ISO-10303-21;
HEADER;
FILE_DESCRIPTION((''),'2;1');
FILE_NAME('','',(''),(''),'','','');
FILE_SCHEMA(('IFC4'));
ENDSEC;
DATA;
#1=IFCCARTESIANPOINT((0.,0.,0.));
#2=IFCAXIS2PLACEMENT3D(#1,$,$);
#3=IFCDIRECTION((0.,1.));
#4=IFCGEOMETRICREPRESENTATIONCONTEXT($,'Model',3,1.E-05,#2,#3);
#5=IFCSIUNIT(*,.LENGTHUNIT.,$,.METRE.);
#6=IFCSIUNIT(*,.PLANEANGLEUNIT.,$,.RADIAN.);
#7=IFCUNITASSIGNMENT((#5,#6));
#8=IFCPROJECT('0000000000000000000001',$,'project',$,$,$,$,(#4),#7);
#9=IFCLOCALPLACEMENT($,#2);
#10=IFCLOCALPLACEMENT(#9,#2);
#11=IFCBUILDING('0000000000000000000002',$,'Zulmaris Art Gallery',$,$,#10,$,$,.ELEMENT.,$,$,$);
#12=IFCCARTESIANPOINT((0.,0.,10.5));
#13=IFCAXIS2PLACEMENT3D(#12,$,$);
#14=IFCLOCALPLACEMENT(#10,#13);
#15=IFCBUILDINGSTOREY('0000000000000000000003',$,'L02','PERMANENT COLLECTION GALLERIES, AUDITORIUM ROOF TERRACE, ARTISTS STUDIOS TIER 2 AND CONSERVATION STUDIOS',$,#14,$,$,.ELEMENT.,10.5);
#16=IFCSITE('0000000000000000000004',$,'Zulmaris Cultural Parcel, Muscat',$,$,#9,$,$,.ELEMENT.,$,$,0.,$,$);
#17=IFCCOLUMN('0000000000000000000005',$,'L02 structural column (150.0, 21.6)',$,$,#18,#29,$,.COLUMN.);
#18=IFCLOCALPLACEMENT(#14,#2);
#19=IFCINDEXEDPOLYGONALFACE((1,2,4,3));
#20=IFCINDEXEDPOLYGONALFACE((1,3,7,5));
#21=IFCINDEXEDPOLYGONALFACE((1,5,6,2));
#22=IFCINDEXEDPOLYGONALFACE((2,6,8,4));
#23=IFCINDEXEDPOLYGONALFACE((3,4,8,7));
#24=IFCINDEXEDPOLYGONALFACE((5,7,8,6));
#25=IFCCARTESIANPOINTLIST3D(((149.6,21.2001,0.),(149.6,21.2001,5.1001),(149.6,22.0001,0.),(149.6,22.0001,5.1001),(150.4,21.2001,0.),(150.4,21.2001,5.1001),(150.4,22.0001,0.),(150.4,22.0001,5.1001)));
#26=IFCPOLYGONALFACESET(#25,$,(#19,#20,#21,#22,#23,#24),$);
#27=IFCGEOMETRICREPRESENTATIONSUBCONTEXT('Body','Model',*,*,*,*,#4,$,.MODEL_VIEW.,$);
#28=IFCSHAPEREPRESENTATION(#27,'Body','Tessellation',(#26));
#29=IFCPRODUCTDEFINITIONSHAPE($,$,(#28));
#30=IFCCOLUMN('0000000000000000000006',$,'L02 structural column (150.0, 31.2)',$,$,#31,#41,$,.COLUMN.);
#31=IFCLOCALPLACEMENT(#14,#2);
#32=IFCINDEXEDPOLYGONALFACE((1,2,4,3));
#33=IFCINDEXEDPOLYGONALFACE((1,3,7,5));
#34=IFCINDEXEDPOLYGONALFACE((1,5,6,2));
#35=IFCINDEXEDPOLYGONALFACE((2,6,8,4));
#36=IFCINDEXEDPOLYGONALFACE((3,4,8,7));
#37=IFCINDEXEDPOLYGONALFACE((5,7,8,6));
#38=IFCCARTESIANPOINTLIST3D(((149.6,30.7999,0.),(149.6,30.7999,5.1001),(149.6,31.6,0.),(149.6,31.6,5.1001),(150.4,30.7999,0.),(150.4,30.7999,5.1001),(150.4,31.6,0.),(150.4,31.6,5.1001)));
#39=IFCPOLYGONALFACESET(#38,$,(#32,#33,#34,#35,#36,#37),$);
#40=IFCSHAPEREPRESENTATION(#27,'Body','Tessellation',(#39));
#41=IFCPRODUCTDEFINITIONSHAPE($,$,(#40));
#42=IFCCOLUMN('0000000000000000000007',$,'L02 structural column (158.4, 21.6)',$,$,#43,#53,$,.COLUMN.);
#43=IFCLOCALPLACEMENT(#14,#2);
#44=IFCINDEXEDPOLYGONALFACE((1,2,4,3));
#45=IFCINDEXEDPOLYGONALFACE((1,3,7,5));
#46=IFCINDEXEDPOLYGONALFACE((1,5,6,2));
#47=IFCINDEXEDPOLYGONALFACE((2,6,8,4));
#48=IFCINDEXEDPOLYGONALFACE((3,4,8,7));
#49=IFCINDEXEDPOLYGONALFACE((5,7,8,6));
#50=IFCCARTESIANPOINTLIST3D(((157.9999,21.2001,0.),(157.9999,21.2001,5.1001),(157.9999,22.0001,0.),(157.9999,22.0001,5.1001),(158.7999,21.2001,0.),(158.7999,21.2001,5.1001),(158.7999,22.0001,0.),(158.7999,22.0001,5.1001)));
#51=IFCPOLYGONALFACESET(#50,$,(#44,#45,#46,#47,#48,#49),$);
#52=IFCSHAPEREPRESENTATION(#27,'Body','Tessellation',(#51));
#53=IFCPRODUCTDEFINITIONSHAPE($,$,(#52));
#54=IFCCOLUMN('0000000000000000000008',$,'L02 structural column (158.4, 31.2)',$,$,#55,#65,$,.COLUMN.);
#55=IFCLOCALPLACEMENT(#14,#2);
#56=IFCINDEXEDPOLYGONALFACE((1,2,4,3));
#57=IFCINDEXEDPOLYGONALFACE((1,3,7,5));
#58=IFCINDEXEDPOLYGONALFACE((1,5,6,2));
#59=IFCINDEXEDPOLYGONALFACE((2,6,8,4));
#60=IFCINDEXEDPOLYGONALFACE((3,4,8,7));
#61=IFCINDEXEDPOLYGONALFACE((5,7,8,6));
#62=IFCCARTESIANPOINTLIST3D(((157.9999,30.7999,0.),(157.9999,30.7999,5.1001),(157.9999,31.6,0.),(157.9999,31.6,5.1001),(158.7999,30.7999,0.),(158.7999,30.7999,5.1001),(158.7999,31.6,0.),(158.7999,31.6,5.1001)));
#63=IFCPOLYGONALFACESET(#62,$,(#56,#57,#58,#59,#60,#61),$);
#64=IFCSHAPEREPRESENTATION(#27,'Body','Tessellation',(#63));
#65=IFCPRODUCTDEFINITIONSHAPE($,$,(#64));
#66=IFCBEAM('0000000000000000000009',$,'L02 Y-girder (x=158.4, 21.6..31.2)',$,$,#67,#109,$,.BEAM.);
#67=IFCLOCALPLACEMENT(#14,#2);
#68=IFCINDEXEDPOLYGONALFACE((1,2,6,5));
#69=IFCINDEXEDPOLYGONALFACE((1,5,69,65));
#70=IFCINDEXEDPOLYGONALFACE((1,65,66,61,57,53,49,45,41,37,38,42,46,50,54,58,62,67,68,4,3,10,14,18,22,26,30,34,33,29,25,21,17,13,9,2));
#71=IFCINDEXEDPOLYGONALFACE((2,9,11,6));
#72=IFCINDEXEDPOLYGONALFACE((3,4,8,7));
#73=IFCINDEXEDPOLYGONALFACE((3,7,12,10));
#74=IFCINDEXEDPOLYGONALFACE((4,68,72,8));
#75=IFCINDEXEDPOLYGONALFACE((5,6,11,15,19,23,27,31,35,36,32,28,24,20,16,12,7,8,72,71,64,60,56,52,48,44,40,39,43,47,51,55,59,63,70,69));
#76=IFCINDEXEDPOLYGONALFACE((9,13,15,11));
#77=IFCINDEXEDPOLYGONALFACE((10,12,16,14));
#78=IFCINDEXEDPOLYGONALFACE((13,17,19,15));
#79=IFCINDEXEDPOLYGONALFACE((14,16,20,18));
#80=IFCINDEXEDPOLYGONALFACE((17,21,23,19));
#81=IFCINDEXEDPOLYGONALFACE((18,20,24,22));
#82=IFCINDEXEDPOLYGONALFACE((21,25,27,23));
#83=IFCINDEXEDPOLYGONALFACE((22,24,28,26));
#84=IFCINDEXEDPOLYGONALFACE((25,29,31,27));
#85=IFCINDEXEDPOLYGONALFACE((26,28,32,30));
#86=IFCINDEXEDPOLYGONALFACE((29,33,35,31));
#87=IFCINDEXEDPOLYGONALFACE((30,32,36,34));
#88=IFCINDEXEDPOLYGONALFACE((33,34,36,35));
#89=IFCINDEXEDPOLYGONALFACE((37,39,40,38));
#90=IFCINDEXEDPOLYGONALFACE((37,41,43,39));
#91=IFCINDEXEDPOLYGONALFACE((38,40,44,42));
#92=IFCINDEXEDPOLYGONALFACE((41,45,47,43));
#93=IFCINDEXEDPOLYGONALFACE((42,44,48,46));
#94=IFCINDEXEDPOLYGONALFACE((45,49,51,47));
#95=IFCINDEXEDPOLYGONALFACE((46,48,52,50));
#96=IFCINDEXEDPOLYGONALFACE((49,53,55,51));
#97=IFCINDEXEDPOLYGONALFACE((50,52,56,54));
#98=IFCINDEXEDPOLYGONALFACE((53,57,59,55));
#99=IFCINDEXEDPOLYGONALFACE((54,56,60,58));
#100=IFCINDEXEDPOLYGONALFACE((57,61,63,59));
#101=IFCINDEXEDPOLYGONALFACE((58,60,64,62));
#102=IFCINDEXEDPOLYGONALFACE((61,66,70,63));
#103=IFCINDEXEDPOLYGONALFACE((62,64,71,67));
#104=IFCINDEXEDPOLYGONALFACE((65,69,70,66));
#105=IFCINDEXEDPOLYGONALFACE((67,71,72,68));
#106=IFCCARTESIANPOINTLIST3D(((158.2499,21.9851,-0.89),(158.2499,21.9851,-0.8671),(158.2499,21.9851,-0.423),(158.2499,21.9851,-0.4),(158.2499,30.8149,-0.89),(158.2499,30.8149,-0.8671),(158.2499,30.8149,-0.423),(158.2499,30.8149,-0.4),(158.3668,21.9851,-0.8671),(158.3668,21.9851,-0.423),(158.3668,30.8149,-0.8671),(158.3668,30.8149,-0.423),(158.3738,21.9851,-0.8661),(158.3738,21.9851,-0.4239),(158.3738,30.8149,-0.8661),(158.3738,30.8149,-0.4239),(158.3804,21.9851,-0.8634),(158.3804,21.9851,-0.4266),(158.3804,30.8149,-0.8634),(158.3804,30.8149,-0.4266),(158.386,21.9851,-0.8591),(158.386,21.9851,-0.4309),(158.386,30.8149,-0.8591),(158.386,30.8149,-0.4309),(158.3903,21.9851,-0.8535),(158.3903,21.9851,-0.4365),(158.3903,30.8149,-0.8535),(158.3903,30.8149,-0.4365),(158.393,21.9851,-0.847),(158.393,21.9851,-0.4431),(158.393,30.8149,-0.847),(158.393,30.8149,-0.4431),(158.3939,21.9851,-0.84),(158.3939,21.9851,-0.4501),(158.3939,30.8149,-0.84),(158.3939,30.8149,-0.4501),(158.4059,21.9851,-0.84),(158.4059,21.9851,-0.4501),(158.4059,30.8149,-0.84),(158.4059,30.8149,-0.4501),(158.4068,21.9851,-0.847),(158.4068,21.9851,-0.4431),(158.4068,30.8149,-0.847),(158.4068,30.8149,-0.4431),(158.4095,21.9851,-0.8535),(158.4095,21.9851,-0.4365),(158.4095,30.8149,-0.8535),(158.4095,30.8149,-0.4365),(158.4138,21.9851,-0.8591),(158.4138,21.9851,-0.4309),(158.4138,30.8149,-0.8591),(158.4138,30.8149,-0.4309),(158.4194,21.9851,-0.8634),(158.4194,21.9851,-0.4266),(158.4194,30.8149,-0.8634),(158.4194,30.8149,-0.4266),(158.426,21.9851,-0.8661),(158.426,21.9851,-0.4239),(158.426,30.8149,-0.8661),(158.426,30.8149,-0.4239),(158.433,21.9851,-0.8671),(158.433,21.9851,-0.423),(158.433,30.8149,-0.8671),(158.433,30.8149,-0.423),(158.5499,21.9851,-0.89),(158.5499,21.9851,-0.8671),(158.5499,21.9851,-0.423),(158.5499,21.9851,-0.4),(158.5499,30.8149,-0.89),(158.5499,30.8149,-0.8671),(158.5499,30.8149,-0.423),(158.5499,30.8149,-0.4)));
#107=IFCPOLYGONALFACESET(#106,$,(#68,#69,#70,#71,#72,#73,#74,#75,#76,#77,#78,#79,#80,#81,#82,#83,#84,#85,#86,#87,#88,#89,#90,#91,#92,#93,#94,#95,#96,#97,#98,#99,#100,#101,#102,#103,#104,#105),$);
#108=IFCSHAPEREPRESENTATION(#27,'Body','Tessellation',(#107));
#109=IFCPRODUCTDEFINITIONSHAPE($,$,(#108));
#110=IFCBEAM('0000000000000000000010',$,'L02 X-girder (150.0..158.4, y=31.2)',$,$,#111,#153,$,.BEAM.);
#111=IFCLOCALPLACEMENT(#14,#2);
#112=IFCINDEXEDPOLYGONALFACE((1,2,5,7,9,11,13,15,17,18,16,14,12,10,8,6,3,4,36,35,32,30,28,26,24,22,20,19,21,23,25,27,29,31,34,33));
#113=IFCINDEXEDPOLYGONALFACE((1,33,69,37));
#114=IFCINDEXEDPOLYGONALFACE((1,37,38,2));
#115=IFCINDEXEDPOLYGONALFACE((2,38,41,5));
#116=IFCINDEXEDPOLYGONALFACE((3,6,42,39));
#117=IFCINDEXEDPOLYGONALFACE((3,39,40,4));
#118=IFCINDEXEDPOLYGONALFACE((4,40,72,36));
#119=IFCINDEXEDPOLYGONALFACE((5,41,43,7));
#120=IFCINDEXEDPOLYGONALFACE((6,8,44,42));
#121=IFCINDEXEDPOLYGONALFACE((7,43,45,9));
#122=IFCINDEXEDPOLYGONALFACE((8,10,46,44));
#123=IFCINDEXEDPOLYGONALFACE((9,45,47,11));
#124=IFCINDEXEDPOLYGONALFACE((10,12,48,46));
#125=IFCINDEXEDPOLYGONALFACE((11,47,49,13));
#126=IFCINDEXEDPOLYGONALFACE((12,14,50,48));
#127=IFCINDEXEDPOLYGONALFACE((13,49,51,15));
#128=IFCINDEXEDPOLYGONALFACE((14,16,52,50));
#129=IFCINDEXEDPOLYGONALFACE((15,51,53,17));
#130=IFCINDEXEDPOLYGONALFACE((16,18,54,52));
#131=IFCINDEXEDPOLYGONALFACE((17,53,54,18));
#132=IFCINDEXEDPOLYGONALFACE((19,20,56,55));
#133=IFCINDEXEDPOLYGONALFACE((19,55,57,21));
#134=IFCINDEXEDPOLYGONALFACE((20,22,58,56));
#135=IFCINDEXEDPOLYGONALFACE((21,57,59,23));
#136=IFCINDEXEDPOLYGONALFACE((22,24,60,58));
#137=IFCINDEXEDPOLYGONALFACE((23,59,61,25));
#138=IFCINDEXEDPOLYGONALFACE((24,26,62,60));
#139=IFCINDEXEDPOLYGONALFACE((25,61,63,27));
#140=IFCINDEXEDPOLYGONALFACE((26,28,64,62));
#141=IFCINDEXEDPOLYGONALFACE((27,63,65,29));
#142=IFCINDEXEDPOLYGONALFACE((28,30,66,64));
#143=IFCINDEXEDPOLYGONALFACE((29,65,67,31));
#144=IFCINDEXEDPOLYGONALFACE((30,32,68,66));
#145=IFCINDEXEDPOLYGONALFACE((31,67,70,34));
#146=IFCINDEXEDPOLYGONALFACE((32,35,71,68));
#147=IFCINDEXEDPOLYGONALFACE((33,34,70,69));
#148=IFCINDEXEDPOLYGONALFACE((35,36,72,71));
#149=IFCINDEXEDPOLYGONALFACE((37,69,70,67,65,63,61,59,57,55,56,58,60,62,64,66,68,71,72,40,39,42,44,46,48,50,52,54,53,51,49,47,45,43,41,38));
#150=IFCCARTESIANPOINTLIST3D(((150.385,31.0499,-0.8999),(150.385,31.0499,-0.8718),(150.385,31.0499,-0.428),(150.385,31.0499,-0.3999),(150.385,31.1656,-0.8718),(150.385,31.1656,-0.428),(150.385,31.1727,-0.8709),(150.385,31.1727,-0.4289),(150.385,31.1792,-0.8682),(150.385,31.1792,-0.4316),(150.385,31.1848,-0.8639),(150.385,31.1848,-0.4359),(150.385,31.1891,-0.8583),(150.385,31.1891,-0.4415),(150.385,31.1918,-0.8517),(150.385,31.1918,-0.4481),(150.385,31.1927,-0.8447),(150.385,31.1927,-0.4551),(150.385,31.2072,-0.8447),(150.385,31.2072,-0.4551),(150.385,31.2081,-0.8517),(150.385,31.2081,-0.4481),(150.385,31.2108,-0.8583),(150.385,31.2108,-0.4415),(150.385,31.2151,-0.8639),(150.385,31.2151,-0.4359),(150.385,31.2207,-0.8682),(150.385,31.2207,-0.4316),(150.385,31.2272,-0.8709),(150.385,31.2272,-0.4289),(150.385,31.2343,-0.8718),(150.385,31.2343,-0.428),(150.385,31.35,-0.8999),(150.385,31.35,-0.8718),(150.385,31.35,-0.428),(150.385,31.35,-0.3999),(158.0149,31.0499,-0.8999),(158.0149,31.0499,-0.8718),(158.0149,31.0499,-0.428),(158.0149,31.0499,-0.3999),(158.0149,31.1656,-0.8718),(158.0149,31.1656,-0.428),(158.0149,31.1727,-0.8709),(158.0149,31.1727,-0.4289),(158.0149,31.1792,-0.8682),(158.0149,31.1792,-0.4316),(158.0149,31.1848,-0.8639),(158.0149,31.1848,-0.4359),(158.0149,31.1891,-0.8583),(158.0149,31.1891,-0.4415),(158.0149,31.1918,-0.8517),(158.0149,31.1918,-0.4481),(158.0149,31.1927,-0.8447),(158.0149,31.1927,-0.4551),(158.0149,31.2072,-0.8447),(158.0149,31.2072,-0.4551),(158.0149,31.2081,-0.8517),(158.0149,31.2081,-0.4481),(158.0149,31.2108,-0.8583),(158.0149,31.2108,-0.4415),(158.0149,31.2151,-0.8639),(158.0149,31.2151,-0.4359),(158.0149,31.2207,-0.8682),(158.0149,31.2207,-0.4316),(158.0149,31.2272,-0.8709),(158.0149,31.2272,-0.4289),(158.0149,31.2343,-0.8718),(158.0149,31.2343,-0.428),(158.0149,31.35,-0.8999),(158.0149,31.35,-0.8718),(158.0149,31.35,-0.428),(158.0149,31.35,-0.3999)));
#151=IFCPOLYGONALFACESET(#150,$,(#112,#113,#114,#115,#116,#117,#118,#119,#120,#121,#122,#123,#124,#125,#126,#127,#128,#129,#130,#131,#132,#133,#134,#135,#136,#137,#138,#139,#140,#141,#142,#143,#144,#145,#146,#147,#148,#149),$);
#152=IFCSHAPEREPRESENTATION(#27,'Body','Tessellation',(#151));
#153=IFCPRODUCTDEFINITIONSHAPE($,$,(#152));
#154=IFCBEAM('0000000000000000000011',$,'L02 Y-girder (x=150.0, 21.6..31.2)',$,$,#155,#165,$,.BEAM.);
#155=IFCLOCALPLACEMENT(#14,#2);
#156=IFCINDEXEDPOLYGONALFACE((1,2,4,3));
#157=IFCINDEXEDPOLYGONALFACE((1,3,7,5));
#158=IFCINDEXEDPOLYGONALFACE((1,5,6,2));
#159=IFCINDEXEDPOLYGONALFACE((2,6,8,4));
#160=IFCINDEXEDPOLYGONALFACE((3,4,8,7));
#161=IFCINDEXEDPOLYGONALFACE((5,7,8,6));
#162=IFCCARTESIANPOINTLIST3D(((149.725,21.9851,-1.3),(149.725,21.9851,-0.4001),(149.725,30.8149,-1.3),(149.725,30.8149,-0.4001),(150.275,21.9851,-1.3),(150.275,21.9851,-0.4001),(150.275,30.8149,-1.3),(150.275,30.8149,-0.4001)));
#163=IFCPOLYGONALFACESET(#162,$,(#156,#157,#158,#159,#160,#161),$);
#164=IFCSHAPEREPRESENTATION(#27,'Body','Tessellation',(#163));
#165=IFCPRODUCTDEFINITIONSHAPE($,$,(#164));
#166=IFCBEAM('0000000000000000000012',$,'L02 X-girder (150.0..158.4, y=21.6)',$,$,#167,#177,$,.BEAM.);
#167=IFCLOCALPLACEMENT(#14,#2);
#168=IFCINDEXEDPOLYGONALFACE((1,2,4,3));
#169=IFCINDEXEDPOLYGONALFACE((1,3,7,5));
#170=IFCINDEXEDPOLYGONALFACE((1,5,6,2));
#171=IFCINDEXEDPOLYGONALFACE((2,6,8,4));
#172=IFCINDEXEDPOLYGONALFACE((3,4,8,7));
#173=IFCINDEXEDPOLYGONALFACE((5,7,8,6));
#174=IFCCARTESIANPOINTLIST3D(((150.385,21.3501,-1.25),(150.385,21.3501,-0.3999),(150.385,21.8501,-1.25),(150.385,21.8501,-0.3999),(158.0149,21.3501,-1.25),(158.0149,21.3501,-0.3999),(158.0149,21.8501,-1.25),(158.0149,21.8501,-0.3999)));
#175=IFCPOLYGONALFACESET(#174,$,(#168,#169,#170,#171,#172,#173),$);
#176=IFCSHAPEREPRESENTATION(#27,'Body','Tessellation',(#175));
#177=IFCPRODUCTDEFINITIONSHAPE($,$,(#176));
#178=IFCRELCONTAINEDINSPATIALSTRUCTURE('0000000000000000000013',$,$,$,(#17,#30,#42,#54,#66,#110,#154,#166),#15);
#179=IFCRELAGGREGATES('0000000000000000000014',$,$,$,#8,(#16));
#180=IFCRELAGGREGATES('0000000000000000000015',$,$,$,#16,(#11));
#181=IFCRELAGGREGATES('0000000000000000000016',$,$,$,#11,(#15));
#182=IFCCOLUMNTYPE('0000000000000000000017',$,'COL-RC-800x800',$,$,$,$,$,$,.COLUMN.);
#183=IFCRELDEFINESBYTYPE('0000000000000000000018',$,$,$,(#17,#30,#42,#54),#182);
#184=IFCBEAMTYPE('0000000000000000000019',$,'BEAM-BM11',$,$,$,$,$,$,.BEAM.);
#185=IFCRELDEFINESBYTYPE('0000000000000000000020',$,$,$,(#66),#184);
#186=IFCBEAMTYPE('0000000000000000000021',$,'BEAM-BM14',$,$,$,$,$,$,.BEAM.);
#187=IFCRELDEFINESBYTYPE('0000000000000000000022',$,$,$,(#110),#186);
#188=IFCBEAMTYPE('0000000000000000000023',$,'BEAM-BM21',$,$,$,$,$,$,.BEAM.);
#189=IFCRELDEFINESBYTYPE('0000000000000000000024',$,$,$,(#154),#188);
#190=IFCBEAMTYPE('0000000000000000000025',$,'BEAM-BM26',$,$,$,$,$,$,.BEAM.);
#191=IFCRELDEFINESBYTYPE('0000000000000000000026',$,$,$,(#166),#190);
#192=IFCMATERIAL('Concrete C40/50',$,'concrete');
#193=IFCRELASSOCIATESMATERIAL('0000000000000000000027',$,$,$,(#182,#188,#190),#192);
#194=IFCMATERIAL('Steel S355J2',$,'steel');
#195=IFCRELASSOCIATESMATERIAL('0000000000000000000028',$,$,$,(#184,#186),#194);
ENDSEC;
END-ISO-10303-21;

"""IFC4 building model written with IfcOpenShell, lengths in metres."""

from ifc_helpers import new_model, si_unit, direction, frame, origin, origin_2d, place, context, subcontext, project, spatial, rectangle, i_section, extrude, material, material_profile, profile_set, type_object, element, save


model = new_model("IFC4")

# Units and contexts
model_context = context("Model", 3, precision=1e-05, world=origin(), true_north=direction((0.0, 1.0)))
body_context = subcontext(model_context, "Body", "Model", "MODEL_VIEW")
ifc_project = project(units=[si_unit("LENGTHUNIT", "METRE"), si_unit("PLANEANGLEUNIT", "RADIAN")], contexts=[model_context])

# Site, building, storey
site_placement = place(None, origin())
site = spatial("IfcSite", under=ifc_project, at=site_placement, Name="Zulmaris Cultural Parcel, Muscat", CompositionType="ELEMENT", RefElevation=0.0)
building_placement = place(site_placement, origin())
building = spatial("IfcBuilding", under=site, at=building_placement, Name="Zulmaris Art Gallery", CompositionType="ELEMENT")
storey_placement = place(building_placement, frame((0.0, 0.0, 10.5)))
storey = spatial("IfcBuildingStorey", under=building, at=storey_placement, Name="L02", Description="PERMANENT COLLECTION GALLERIES, AUDITORIUM ROOF TERRACE, ARTISTS STUDIOS TIER 2 AND CONSERVATION STUDIOS", CompositionType="ELEMENT", Elevation=10.5)

# Columns
ifc_material_1 = material(Name="Concrete C40/50", Category="concrete")
ifc_material_profile_1 = material_profile(ifc_material_1, rectangle(XDim=0.8, YDim=0.8, at=origin_2d()), Name="RC 800x800")
ifc_profile_set_1 = profile_set([ifc_material_profile_1], Name="Concrete C40/50")
column_type = type_object("IfcColumnType", Name="COL-RC-800x800", PredefinedType="COLUMN", material=ifc_profile_set_1)
for number, where, z_axis, x_axis, name in (
    (1, (150.0, 21.6001, 0.0), (0.0, 0.0, 1.0), (1.0, 0.0, 0.0), "L02 structural column (150.0, 21.6)"),
    (2, (150.0, 31.2, 0.0), (0.0, 0.0, 1.0), (1.0, 0.0, 0.0), "L02 structural column (150.0, 31.2)"),
    (3, (158.3999, 21.6001, 0.0), (0.0, 0.0, 1.0), (1.0, 0.0, 0.0), "L02 structural column (158.4, 21.6)"),
    (4, (158.3999, 31.2, 0.0), (0.0, 0.0, 1.0), (1.0, 0.0, 0.0), "L02 structural column (158.4, 31.2)"),
):
    element("IfcColumn", number, at=place(storey_placement, frame(where, z_axis=z_axis, x_axis=x_axis)), inside=storey, type_object=column_type, Name=name, PredefinedType="COLUMN", context=body_context, shape_type="SweptSolid", body=[
        extrude(rectangle(XDim=0.8, YDim=0.8, at=origin_2d()), origin(), (0.0, 0.0, 1.0), 5.1001),
    ])

# Beams
ifc_material_2 = material(Name="Steel S355J2", Category="steel")
ifc_material_profile_2 = material_profile(ifc_material_2, i_section(OverallWidth=0.3, OverallDepth=0.49, WebThickness=0.012, FlangeThickness=0.0229, FilletRadius=0.0271, at=origin_2d()), Name="HEA 500")
ifc_profile_set_2 = profile_set([ifc_material_profile_2], Name="Steel S355J2")
beam_type_1 = type_object("IfcBeamType", Name="BEAM-BM11", PredefinedType="BEAM", material=ifc_profile_set_2)
beam_1_placement = place(storey_placement, frame((158.3999, 21.9851, -0.645), z_axis=(0.0, 1.0, 0.0), x_axis=(-1.0, 0.0, 0.0)))
element("IfcBeam", 5, at=beam_1_placement, inside=storey, type_object=beam_type_1, Name="L02 Y-girder (x=158.4, 21.6..31.2)", PredefinedType="BEAM", context=body_context, shape_type="SweptSolid", body=[
    extrude(i_section(OverallWidth=0.3, OverallDepth=0.49, WebThickness=0.012, FlangeThickness=0.0229, FilletRadius=0.0271, at=origin_2d()), origin(), (0.0, 0.0, 1.0), 8.8298),
])
ifc_material_profile_3 = material_profile(ifc_material_2, i_section(OverallWidth=0.3, OverallDepth=0.5, WebThickness=0.0144, FlangeThickness=0.0281, FilletRadius=0.0271, at=origin_2d()), Name="HEB 500")
ifc_profile_set_3 = profile_set([ifc_material_profile_3], Name="Steel S355J2")
beam_type_2 = type_object("IfcBeamType", Name="BEAM-BM14", PredefinedType="BEAM", material=ifc_profile_set_3)
beam_2_placement = place(storey_placement, frame((150.385, 31.2, -0.6499), z_axis=(1.0, 0.0, 0.0), x_axis=(0.0, 1.0, 0.0)))
element("IfcBeam", 6, at=beam_2_placement, inside=storey, type_object=beam_type_2, Name="L02 X-girder (150.0..158.4, y=31.2)", PredefinedType="BEAM", context=body_context, shape_type="SweptSolid", body=[
    extrude(i_section(OverallWidth=0.3, OverallDepth=0.5, WebThickness=0.0144, FlangeThickness=0.0281, FilletRadius=0.0271, at=origin_2d()), origin(), (0.0, 0.0, 1.0), 7.6299),
])
ifc_material_profile_4 = material_profile(ifc_material_1, rectangle(XDim=0.55, YDim=0.8999, at=origin_2d()), Name="RC 550x900")
ifc_profile_set_4 = profile_set([ifc_material_profile_4], Name="Concrete C40/50")
beam_type_3 = type_object("IfcBeamType", Name="BEAM-BM21", PredefinedType="BEAM", material=ifc_profile_set_4)
beam_3_placement = place(storey_placement, frame((150.0, 21.9851, -0.8501), z_axis=(0.0, 1.0, 0.0), x_axis=(-1.0, 0.0, 0.0)))
element("IfcBeam", 7, at=beam_3_placement, inside=storey, type_object=beam_type_3, Name="L02 Y-girder (x=150.0, 21.6..31.2)", PredefinedType="BEAM", context=body_context, shape_type="SweptSolid", body=[
    extrude(rectangle(XDim=0.55, YDim=0.8999, at=origin_2d()), origin(), (0.0, 0.0, 1.0), 8.8298),
])
ifc_material_profile_5 = material_profile(ifc_material_1, rectangle(XDim=0.5, YDim=0.8501, at=origin_2d()), Name="RC 500x850")
ifc_profile_set_5 = profile_set([ifc_material_profile_5], Name="Concrete C40/50")
beam_type_4 = type_object("IfcBeamType", Name="BEAM-BM26", PredefinedType="BEAM", material=ifc_profile_set_5)
beam_4_placement = place(storey_placement, frame((150.385, 21.6001, -0.825), z_axis=(1.0, 0.0, 0.0), x_axis=(0.0, 1.0, 0.0)))
element("IfcBeam", 8, at=beam_4_placement, inside=storey, type_object=beam_type_4, Name="L02 X-girder (150.0..158.4, y=21.6)", PredefinedType="BEAM", context=body_context, shape_type="SweptSolid", body=[
    extrude(rectangle(XDim=0.5, YDim=0.8501, at=origin_2d()), origin(), (0.0, 0.0, 1.0), 7.6299),
])

save(model, "model.ifc")
